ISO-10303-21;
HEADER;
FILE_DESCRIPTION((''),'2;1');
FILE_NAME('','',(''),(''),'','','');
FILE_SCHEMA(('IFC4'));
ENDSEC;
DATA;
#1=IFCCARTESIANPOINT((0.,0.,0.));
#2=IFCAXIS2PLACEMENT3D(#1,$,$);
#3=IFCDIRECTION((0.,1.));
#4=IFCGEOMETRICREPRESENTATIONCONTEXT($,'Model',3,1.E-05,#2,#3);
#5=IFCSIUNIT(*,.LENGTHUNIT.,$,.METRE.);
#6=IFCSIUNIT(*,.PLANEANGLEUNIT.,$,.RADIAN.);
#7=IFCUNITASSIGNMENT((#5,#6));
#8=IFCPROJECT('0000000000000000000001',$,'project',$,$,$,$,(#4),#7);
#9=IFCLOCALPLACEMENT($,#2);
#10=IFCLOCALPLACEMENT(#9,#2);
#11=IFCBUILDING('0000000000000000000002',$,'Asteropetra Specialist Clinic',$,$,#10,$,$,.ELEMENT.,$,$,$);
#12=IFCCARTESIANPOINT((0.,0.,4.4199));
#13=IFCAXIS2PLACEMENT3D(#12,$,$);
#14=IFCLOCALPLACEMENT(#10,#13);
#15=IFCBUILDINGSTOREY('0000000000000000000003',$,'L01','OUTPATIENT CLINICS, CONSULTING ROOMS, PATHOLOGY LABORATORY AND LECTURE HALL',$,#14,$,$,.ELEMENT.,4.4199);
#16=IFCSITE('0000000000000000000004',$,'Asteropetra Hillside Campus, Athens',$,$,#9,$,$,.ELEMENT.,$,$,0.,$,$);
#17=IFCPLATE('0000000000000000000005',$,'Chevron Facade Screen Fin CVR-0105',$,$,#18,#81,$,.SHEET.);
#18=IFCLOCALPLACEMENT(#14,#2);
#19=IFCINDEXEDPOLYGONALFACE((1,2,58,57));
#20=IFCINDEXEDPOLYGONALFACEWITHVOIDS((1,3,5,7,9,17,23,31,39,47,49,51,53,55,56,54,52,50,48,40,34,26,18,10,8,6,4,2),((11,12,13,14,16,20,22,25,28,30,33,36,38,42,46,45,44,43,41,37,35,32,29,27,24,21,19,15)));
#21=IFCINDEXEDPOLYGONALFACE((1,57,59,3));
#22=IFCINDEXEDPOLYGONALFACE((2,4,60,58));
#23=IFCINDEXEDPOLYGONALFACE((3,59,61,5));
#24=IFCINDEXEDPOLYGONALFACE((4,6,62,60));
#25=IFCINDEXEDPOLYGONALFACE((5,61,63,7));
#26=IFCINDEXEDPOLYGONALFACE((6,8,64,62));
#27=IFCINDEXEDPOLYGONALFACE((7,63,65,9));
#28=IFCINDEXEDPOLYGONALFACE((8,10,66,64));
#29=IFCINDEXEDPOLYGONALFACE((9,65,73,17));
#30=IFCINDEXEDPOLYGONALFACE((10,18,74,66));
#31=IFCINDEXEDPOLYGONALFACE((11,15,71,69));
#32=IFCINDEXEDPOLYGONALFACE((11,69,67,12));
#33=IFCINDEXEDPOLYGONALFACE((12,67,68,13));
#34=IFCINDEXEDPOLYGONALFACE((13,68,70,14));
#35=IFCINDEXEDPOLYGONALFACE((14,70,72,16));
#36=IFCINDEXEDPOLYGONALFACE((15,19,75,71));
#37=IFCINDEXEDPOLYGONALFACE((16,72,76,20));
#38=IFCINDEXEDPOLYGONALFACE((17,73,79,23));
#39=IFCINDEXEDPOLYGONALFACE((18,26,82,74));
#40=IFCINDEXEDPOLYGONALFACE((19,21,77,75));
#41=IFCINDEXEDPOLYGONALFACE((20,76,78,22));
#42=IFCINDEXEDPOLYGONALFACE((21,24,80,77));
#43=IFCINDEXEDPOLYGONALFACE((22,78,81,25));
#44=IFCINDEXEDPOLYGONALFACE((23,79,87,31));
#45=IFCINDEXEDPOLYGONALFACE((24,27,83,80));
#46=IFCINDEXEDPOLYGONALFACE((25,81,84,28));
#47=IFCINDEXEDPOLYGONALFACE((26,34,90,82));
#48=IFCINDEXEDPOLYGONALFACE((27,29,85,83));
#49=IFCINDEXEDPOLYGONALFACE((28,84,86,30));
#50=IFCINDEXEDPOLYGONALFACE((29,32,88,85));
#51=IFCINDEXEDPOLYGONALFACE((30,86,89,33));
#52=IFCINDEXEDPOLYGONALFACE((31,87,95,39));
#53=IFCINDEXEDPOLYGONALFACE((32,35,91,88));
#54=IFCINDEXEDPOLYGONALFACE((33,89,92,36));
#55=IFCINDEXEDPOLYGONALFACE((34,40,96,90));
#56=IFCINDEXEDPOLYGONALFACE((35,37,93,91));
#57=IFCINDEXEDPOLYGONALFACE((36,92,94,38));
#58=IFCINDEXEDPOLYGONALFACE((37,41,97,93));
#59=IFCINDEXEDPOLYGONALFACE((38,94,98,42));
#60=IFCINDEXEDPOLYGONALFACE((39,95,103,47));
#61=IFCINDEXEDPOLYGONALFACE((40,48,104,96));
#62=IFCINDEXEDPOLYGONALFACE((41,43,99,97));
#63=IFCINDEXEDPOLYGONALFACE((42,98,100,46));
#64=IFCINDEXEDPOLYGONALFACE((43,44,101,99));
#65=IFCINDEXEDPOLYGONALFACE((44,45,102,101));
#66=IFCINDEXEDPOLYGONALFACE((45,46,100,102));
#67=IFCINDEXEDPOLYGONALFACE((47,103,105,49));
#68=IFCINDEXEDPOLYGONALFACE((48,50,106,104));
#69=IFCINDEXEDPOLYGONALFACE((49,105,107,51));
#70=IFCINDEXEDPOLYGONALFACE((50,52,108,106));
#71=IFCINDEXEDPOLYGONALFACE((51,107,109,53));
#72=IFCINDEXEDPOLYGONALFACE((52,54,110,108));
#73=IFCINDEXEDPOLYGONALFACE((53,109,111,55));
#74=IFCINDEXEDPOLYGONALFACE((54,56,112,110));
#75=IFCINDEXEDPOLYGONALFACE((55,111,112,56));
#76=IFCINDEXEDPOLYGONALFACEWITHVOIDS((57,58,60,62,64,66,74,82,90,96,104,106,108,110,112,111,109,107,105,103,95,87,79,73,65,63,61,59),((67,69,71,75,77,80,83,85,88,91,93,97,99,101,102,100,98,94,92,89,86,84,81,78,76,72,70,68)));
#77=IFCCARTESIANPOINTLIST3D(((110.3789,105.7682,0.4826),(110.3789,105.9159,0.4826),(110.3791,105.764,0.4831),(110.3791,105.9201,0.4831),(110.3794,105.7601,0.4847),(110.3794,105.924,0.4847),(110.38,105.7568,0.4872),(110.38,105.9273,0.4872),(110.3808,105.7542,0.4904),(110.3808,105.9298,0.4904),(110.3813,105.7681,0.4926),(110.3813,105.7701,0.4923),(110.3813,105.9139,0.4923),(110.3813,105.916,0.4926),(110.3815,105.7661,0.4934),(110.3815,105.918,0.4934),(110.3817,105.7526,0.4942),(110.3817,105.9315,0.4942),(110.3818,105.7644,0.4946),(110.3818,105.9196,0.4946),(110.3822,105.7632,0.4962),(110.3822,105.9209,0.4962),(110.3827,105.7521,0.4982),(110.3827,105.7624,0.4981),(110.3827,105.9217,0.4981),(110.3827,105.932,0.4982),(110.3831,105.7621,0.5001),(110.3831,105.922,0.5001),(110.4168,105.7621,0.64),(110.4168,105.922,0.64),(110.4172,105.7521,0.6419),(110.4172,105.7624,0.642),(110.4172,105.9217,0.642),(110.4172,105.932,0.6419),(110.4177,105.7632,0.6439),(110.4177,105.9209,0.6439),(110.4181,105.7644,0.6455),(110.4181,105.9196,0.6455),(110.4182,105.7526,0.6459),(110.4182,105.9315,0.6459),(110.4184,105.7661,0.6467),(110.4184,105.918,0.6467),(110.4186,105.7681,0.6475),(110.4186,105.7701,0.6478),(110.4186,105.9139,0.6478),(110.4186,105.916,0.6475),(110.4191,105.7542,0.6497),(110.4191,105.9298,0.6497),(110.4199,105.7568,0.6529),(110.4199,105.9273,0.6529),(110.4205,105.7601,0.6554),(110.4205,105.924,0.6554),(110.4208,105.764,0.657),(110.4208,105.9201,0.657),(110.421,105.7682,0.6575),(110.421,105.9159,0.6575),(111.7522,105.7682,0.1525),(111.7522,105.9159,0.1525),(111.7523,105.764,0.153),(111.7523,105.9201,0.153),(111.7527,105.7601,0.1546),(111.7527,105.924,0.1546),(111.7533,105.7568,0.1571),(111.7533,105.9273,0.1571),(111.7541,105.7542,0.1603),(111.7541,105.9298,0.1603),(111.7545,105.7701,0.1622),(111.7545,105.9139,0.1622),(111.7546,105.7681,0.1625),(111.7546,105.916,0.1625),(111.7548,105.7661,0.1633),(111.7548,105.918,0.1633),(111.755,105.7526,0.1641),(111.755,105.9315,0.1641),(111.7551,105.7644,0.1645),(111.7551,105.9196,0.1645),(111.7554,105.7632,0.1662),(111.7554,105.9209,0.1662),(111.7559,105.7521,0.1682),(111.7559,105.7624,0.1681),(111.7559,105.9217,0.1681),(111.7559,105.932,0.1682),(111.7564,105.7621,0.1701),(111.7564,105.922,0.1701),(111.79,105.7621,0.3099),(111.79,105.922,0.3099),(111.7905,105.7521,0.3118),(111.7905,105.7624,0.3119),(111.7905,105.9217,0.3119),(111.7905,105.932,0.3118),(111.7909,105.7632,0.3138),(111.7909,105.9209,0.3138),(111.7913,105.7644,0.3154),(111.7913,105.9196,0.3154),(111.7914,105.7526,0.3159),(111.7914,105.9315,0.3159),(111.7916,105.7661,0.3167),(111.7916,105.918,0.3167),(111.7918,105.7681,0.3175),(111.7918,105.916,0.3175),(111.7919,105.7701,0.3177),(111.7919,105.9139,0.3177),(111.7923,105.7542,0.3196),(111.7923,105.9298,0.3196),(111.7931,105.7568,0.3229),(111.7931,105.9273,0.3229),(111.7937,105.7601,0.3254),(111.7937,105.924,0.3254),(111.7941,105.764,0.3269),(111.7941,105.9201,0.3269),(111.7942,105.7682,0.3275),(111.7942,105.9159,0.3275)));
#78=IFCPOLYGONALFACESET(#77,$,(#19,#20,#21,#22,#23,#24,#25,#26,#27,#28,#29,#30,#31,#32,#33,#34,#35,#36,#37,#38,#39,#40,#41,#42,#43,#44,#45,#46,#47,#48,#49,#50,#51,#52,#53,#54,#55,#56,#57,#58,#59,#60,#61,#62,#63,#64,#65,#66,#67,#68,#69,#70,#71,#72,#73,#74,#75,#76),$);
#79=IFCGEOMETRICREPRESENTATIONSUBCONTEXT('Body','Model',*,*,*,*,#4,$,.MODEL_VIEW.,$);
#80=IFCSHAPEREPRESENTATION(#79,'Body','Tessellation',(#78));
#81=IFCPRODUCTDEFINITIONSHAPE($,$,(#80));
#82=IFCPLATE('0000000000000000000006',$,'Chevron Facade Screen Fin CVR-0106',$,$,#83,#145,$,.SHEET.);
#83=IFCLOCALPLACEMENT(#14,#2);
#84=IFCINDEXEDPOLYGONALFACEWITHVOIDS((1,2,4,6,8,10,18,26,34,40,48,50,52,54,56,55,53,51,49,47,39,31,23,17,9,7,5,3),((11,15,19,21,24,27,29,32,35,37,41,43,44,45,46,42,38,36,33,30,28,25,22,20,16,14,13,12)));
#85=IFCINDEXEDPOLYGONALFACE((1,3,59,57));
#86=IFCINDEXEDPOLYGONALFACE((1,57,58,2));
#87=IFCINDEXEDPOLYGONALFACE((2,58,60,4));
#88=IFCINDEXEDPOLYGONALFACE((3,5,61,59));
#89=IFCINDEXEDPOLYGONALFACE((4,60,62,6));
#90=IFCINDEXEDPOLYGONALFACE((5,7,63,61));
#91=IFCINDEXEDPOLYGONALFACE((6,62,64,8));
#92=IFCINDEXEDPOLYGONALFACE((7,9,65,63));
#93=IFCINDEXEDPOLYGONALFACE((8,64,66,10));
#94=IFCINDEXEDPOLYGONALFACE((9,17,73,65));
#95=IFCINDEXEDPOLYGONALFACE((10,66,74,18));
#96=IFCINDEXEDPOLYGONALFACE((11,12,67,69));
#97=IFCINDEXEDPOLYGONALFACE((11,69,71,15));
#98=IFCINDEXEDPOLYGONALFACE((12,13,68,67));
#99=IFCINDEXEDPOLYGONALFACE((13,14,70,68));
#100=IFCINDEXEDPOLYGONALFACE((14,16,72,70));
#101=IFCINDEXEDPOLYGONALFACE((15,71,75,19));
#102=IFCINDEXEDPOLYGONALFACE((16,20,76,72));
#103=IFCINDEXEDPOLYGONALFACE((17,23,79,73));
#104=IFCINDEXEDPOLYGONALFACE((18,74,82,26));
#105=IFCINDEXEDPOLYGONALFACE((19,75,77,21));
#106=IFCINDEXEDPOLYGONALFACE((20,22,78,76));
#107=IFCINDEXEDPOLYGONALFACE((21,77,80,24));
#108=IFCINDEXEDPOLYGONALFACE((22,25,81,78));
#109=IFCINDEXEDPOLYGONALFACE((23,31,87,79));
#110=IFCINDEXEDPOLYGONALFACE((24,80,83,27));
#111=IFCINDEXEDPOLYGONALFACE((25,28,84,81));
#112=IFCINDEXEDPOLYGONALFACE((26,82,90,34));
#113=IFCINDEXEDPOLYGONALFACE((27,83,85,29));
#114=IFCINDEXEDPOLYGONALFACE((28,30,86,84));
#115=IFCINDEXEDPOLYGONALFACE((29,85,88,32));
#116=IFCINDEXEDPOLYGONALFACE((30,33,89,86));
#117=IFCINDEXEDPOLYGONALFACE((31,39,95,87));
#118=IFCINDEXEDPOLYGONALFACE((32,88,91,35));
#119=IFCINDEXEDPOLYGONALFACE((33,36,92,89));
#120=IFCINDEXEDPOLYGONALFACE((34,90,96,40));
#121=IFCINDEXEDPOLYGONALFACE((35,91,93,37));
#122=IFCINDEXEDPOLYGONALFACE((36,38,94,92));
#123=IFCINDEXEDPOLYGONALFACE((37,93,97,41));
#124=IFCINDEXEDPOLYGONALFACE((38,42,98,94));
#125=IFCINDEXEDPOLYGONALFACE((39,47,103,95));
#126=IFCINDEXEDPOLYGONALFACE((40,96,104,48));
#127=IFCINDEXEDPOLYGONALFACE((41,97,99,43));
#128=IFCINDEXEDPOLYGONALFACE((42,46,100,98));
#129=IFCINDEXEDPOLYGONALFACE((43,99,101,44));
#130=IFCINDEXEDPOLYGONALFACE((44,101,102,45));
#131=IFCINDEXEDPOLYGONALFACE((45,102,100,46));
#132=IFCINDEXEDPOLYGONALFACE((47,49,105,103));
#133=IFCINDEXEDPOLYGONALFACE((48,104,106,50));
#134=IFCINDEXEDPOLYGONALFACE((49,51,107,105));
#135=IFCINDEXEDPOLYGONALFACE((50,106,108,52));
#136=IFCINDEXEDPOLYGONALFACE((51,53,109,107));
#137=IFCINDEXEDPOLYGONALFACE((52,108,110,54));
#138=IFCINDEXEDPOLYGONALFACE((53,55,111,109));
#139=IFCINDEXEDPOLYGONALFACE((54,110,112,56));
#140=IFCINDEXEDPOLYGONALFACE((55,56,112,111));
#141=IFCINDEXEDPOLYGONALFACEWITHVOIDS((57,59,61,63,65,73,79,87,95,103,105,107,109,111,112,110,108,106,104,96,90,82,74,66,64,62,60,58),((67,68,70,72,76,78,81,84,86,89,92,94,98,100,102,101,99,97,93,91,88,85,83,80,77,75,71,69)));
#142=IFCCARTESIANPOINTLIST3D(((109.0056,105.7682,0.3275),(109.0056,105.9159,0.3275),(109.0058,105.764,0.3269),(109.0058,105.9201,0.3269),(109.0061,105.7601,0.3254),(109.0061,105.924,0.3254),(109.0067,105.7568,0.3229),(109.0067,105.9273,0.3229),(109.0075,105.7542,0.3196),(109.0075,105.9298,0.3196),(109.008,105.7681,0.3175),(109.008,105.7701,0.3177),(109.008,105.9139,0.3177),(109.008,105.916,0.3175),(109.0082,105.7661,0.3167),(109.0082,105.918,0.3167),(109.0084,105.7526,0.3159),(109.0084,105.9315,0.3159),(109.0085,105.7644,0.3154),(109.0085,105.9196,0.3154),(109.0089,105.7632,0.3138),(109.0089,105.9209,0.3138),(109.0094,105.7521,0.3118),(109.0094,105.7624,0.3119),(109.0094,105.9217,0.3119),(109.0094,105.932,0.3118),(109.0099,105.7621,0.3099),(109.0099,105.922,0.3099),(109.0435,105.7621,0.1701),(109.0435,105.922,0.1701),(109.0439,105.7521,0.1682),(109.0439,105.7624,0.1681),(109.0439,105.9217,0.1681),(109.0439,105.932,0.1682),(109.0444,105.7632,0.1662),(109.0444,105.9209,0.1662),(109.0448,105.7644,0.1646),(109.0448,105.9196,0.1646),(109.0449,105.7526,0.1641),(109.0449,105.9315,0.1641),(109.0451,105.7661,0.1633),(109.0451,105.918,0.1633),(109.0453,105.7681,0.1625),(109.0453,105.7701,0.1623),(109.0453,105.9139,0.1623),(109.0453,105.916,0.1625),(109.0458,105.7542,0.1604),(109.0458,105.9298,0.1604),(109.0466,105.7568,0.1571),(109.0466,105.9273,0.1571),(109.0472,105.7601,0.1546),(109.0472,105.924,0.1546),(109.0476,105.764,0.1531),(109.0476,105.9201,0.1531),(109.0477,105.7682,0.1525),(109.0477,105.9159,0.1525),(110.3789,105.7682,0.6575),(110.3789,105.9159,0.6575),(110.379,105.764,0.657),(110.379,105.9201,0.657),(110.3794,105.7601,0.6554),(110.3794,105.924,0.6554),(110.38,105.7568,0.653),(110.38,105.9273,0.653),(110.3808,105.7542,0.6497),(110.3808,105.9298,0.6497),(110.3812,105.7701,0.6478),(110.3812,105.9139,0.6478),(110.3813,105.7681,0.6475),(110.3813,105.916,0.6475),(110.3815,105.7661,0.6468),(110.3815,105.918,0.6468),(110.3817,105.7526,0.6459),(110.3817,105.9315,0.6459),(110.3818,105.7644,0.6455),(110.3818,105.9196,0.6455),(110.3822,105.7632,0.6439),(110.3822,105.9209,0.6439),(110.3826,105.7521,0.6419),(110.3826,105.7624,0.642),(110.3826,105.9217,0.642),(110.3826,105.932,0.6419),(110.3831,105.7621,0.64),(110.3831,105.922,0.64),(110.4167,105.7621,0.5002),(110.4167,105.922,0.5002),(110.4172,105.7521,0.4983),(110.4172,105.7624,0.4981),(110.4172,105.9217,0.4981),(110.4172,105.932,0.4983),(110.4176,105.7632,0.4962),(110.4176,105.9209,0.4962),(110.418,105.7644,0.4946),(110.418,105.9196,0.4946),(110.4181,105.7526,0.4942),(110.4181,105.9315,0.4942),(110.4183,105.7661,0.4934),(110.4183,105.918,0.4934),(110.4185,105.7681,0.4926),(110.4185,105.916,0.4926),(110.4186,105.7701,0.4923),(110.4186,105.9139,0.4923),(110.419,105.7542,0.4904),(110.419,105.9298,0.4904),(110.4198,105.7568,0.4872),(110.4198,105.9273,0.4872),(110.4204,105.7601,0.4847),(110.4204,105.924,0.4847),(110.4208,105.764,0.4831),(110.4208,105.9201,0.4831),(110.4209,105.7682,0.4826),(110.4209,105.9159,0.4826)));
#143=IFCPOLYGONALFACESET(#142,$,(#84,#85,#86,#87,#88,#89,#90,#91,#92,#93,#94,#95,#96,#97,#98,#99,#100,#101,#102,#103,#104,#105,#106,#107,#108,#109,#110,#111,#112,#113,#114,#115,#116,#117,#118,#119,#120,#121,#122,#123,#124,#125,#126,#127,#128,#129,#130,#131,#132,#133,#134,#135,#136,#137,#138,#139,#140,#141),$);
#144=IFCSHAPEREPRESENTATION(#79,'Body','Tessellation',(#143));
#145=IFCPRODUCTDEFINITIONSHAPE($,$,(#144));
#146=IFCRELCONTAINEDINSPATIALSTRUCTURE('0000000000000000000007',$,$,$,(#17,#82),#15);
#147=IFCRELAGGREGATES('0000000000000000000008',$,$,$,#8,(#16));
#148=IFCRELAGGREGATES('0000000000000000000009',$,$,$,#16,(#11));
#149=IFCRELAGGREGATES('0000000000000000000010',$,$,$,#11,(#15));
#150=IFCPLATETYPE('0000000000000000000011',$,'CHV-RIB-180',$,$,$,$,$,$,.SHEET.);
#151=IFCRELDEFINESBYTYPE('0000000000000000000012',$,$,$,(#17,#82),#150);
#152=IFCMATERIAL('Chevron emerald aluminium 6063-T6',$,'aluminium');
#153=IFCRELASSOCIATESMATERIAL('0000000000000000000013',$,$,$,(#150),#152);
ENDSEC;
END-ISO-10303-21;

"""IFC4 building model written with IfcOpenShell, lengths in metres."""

from ifc_helpers import new_model, si_unit, direction, frame, origin, origin_2d, place, context, subcontext, project, spatial, hollow_rectangle, extrude, material, material_profile, profile_set, type_object, element, save


model = new_model("IFC4")

# Units and contexts
model_context = context("Model", 3, precision=1e-05, world=origin(), true_north=direction((0.0, 1.0)))
body_context = subcontext(model_context, "Body", "Model", "MODEL_VIEW")
ifc_project = project(units=[si_unit("LENGTHUNIT", "METRE"), si_unit("PLANEANGLEUNIT", "RADIAN")], contexts=[model_context])

# Site, building, storey
site_placement = place(None, origin())
site = spatial("IfcSite", under=ifc_project, at=site_placement, Name="Asteropetra Hillside Campus, Athens", CompositionType="ELEMENT", RefElevation=0.0)
building_placement = place(site_placement, origin())
building = spatial("IfcBuilding", under=site, at=building_placement, Name="Asteropetra Specialist Clinic", CompositionType="ELEMENT")
storey_placement = place(building_placement, frame((0.0, 0.0, 4.4199)))
storey = spatial("IfcBuildingStorey", under=building, at=storey_placement, Name="L01", Description="OUTPATIENT CLINICS, CONSULTING ROOMS, PATHOLOGY LABORATORY AND LECTURE HALL", CompositionType="ELEMENT", Elevation=4.4199)

# Plates
ifc_material_1 = material(Name="Chevron emerald aluminium 6063-T6", Category="aluminium")
ifc_material_profile_1 = material_profile(ifc_material_1, hollow_rectangle(XDim=0.1799, YDim=0.1799, WallThickness=0.01, InnerFilletRadius=0.0081, OuterFilletRadius=0.0161, at=origin_2d()), Name="SHS 180x180x10.0")
ifc_profile_set_1 = profile_set([ifc_material_profile_1], Name="Chevron emerald aluminium 6063-T6")
plate_type = type_object("IfcPlateType", Name="CHV-RIB-180", PredefinedType="SHEET", material=ifc_profile_set_1)
for number, where, z_axis, x_axis, name in (
    (1, (111.7732, 105.842, 0.24), (-0.972309, 0.0, 0.2337), (0.0, -1.0, 0.0), "Chevron Facade Screen Fin CVR-0105"),
    (2, (110.3999, 105.842, 0.5701), (-0.972309, 0.0, -0.2337), (0.0, -1.0, 0.0), "Chevron Facade Screen Fin CVR-0106"),
):
    element("IfcPlate", number, at=place(storey_placement, frame(where, z_axis=z_axis, x_axis=x_axis)), inside=storey, type_object=plate_type, Name=name, PredefinedType="SHEET", context=body_context, shape_type="SweptSolid", body=[
        extrude(hollow_rectangle(XDim=0.1799, YDim=0.1799, WallThickness=0.01, InnerFilletRadius=0.0081, OuterFilletRadius=0.0161, at=origin_2d()), origin(), (0.0, 0.0, 1.0), 1.4124),
    ])

save(model, "model.ifc")
